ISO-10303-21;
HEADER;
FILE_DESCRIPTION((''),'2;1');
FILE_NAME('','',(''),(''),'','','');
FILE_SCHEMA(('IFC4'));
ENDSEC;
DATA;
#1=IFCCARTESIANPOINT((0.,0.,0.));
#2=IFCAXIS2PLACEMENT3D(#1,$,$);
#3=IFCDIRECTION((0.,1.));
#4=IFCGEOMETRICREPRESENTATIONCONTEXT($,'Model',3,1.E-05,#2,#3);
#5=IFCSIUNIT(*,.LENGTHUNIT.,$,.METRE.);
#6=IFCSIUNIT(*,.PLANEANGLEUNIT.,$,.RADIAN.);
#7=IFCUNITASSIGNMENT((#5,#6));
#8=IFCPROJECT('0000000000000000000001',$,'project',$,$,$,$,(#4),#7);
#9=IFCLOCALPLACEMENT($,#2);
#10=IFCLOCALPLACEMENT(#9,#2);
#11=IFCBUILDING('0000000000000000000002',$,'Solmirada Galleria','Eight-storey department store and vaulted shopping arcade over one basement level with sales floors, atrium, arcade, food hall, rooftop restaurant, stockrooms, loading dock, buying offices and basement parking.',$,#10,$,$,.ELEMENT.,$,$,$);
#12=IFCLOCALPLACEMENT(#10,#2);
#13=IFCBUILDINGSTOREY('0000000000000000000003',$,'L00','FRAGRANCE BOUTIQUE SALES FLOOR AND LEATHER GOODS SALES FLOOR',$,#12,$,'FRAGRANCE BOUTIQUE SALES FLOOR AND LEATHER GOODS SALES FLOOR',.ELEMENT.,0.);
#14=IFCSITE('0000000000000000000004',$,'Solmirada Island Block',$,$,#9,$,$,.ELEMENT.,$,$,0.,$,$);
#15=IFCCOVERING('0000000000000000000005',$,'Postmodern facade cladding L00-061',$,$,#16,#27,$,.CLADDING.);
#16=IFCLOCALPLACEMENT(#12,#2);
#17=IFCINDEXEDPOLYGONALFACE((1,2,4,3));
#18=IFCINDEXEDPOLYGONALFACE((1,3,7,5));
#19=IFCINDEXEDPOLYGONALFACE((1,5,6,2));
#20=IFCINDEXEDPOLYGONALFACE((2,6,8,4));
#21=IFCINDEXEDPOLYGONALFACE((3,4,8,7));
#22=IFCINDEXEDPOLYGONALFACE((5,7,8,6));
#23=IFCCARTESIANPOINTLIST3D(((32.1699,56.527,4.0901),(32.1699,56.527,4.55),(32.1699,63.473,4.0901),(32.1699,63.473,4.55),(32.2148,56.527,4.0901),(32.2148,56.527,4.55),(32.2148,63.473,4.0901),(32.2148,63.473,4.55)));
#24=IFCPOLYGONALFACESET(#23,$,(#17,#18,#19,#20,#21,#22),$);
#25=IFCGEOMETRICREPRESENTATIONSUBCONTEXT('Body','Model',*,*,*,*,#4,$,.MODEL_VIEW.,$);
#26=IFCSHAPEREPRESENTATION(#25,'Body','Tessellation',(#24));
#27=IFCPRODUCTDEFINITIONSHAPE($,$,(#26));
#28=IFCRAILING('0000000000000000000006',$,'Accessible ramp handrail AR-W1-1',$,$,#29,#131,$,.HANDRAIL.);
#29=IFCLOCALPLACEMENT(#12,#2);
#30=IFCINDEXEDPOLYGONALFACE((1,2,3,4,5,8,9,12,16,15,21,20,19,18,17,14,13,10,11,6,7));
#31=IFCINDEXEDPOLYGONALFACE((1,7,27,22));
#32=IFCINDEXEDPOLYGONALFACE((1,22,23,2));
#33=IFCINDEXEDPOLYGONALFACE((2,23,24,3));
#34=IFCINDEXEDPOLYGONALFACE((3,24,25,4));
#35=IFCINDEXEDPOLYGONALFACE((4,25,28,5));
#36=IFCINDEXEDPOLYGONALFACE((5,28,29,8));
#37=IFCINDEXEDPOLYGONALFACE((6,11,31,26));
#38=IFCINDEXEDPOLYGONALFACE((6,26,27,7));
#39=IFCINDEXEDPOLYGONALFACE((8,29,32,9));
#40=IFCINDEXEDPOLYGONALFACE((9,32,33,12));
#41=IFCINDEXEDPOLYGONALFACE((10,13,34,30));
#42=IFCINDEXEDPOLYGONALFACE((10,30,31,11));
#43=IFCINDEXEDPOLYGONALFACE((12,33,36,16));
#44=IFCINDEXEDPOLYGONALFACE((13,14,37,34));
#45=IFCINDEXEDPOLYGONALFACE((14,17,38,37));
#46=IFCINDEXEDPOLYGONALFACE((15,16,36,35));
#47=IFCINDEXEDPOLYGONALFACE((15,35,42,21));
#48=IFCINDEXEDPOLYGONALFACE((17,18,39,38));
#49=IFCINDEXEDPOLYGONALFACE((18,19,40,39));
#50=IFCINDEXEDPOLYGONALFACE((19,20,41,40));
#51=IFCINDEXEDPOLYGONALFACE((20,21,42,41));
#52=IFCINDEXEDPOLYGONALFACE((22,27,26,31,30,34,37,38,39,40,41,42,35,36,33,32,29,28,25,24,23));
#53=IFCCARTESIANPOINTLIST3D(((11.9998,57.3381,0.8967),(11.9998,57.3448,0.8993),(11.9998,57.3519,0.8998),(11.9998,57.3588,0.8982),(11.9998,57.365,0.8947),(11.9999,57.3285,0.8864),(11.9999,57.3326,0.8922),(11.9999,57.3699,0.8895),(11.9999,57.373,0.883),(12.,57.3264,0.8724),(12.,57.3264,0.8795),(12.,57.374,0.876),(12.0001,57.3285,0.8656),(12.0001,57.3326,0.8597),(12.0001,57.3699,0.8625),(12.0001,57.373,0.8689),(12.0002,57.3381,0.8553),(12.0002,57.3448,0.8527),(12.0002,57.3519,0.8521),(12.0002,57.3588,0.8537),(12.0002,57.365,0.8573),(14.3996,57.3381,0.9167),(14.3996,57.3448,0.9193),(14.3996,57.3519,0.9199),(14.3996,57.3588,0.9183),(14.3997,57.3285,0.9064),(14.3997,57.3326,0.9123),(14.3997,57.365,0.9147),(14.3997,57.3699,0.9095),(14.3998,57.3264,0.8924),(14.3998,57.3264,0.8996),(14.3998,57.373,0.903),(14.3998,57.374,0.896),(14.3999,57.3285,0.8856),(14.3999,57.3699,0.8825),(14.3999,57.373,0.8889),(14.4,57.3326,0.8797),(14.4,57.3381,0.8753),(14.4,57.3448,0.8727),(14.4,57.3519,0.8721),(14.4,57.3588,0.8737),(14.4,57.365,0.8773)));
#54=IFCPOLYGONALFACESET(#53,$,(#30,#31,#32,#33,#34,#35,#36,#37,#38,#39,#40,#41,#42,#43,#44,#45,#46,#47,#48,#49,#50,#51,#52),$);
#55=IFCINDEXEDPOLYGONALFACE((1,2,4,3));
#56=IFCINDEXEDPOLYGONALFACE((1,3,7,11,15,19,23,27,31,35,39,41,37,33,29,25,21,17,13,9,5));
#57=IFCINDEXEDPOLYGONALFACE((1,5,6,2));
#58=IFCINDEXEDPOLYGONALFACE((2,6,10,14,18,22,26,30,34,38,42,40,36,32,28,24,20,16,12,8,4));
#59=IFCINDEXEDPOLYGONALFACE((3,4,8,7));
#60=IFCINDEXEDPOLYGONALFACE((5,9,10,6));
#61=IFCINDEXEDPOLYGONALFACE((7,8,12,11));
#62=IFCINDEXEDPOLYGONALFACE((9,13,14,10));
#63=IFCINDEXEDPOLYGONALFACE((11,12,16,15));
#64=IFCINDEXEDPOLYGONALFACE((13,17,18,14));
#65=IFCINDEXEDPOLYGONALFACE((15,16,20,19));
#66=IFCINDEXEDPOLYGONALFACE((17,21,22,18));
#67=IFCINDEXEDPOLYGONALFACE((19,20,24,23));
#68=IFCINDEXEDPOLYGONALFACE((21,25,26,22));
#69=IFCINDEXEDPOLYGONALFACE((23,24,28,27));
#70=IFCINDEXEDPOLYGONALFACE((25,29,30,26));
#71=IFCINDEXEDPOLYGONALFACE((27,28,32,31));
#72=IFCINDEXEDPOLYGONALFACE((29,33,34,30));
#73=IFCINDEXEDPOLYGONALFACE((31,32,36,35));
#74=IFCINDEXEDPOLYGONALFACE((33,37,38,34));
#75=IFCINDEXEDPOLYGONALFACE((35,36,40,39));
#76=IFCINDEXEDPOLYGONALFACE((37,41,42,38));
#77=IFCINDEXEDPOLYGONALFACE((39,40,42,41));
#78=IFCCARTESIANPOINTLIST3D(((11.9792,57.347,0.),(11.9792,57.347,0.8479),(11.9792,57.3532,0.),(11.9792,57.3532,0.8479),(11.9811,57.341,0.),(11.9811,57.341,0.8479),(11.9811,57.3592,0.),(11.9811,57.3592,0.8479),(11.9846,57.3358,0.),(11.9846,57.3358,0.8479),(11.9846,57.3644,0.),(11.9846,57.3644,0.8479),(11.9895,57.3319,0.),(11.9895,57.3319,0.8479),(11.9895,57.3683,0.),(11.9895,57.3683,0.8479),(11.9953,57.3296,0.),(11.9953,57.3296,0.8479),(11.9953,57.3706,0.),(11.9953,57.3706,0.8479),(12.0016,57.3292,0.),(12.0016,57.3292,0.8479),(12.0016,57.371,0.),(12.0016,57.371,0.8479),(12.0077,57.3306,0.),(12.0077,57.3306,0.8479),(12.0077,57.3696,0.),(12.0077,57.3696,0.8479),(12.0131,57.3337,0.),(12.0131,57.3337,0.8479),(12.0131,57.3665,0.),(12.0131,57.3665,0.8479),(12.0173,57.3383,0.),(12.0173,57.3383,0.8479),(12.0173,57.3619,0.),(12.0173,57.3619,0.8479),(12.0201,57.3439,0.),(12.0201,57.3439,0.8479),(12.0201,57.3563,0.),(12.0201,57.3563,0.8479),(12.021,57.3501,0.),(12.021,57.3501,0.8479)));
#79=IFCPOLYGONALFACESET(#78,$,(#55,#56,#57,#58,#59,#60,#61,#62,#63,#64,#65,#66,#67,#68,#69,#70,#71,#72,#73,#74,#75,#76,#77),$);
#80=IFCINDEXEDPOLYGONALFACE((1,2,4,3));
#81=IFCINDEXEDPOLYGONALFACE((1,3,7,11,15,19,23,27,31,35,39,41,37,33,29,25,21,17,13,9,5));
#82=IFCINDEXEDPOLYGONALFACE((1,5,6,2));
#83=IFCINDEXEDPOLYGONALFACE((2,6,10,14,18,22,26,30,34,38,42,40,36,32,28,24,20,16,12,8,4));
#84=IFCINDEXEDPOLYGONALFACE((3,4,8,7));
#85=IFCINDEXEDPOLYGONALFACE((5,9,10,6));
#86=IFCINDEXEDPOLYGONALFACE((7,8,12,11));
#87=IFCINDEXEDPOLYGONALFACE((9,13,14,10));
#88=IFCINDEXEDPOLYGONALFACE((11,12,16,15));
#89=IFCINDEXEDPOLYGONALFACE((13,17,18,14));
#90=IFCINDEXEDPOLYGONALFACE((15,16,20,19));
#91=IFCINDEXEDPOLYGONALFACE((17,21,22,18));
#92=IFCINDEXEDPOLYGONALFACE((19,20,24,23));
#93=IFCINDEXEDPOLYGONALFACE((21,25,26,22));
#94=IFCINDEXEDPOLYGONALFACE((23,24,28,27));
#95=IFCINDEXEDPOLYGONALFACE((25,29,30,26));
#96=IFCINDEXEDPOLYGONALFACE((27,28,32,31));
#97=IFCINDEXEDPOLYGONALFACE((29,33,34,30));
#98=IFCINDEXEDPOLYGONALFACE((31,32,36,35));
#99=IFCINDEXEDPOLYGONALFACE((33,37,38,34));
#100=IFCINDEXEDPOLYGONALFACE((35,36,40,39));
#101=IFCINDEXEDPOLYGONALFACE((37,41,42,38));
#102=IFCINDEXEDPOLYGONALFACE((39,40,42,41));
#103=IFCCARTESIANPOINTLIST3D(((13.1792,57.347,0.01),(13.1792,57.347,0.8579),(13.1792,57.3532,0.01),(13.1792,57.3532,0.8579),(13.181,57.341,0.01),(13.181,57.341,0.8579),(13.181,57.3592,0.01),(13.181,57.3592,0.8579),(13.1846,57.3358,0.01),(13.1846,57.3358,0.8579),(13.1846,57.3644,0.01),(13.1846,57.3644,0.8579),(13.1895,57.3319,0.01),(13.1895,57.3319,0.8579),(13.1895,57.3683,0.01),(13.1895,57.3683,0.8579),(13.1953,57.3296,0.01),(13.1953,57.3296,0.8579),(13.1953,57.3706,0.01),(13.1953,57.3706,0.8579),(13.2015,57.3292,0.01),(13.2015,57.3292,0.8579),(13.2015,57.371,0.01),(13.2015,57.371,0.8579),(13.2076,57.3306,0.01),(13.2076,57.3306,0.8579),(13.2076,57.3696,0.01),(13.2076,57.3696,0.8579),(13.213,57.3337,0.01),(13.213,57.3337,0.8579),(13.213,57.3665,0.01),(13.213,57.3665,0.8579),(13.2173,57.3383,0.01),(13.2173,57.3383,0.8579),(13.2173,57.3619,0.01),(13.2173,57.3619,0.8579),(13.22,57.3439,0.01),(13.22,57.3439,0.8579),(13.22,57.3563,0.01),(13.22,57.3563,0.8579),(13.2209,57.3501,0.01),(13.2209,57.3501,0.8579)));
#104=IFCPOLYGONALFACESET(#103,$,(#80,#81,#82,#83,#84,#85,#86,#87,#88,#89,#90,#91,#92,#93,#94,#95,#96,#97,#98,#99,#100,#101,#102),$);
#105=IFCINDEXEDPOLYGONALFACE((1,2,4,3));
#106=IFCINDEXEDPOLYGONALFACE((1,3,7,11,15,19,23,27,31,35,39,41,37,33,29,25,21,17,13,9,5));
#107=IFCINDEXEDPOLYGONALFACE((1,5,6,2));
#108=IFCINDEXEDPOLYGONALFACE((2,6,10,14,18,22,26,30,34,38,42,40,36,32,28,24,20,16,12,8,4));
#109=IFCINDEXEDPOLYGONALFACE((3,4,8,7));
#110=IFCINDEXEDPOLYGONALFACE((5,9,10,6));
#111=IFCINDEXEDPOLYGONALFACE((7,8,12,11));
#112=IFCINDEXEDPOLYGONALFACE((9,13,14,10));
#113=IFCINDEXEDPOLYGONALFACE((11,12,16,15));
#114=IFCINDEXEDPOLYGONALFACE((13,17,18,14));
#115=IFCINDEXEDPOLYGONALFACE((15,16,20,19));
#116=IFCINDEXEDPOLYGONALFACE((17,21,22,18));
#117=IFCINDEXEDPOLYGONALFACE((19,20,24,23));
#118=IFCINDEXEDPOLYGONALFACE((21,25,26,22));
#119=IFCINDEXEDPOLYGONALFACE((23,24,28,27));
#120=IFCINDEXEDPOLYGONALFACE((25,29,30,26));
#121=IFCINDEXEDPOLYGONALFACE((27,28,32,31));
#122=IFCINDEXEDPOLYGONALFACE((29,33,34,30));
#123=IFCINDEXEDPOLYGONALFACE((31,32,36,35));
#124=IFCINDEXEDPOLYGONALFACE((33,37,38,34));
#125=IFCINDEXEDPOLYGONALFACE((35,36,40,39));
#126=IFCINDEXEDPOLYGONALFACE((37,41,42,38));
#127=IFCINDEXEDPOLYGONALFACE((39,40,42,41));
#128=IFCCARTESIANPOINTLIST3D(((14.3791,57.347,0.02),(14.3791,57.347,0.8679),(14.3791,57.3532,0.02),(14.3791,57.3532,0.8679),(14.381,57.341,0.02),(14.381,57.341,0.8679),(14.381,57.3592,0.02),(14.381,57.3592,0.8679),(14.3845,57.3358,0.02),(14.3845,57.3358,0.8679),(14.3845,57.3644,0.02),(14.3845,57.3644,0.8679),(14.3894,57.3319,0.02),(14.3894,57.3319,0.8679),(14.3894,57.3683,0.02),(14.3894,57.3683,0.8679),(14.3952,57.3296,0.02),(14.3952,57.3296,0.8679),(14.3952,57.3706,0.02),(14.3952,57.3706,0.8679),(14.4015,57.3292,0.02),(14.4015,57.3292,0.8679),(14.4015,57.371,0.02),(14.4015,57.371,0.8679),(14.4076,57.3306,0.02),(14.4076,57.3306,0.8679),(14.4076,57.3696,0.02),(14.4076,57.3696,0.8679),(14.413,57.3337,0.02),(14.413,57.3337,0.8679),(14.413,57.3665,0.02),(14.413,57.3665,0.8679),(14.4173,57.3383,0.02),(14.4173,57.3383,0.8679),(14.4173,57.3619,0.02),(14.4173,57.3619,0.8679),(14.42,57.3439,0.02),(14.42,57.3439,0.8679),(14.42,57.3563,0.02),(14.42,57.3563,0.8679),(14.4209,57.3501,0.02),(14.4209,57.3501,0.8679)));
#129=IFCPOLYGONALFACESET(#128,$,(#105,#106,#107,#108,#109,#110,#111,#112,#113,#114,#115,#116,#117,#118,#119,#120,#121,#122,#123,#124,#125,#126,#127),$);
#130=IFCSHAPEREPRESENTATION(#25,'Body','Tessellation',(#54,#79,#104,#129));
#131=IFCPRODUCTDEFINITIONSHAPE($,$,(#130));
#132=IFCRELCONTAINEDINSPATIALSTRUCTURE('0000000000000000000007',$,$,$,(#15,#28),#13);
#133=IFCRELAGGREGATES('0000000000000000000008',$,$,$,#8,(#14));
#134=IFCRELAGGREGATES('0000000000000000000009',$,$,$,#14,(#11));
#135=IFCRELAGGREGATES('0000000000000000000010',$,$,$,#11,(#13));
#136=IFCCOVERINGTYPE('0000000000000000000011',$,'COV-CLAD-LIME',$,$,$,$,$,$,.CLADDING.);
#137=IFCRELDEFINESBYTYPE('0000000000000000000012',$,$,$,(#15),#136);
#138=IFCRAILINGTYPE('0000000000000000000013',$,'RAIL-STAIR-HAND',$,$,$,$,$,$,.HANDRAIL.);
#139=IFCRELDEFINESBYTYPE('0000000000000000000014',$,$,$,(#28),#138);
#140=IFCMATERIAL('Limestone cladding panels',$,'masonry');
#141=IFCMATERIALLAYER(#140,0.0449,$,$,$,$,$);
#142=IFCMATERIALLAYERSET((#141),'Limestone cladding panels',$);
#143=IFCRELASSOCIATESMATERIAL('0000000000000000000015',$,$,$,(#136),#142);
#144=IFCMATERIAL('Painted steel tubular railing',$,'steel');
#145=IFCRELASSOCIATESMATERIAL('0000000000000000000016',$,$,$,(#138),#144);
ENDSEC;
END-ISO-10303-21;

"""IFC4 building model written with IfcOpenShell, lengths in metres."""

from ifc_helpers import new_model, si_unit, direction, frame, origin, origin_2d, place, context, subcontext, project, spatial, rectangle, circle, extrude, material, layer, layer_set, type_object, element, save


model = new_model("IFC4")

# Units and contexts
model_context = context("Model", 3, precision=1e-05, world=origin(), true_north=direction((0.0, 1.0)))
body_context = subcontext(model_context, "Body", "Model", "MODEL_VIEW")
ifc_project = project(units=[si_unit("LENGTHUNIT", "METRE"), si_unit("PLANEANGLEUNIT", "RADIAN")], contexts=[model_context])

# Site, building, storey
site_placement = place(None, origin())
site = spatial("IfcSite", under=ifc_project, at=site_placement, Name="Solmirada Island Block", CompositionType="ELEMENT", RefElevation=0.0)
building_placement = place(site_placement, origin())
building = spatial("IfcBuilding", under=site, at=building_placement, Name="Solmirada Galleria", Description="Eight-storey department store and vaulted shopping arcade over one basement level with sales floors, atrium, arcade, food hall, rooftop restaurant, stockrooms, loading dock, buying offices and basement parking.", CompositionType="ELEMENT")
storey_placement = place(building_placement, origin())
storey = spatial("IfcBuildingStorey", under=building, at=storey_placement, Name="L00", Description="FRAGRANCE BOUTIQUE SALES FLOOR AND LEATHER GOODS SALES FLOOR", LongName="FRAGRANCE BOUTIQUE SALES FLOOR AND LEATHER GOODS SALES FLOOR", CompositionType="ELEMENT", Elevation=0.0)

# Covering
ifc_material_1 = material(Name="Limestone cladding panels", Category="masonry")
ifc_layer_1 = layer(ifc_material_1, 0.0449)
ifc_layer_set_1 = layer_set([ifc_layer_1], Name="Limestone cladding panels")
covering_type = type_object("IfcCoveringType", Name="COV-CLAD-LIME", PredefinedType="CLADDING", material=ifc_layer_set_1)
for number, where, z_axis, x_axis, name in (
    (1, (32.1924, 60.0, 4.0901), (0.0, 0.0, 1.0), (0.0, -1.0, 0.0), "Postmodern facade cladding L00-061"),
):
    element("IfcCovering", number, at=place(storey_placement, frame(where, z_axis=z_axis, x_axis=x_axis)), inside=storey, type_object=covering_type, Name=name, PredefinedType="CLADDING", context=body_context, shape_type="SweptSolid", body=[
        extrude(rectangle(XDim=6.946, YDim=0.0449, at=origin_2d()), origin(), (0.0, 0.0, 1.0), 0.46),
    ])

# Railing
ifc_material_2 = material(Name="Painted steel tubular railing", Category="steel")
railing_type = type_object("IfcRailingType", Name="RAIL-STAIR-HAND", PredefinedType="HANDRAIL", material=ifc_material_2)
for number, where, name in (
    (2, (12.0, 57.3501, 0.0), "Accessible ramp handrail AR-W1-1"),
):
    element("IfcRailing", number, at=place(storey_placement, frame(where)), inside=storey, type_object=railing_type, Name=name, PredefinedType="HANDRAIL", context=body_context, shape_type="SweptSolid", body=[
        extrude(circle(Radius=0.0239, at=origin_2d()), frame((0.0, 0.0, 0.876), z_axis=(0.999965, 0.0, 0.008342), x_axis=(0.0, 1.0, 0.0)), (0.0, 0.0, 1.0), 2.3999),
        extrude(circle(Radius=0.021, at=origin_2d()), origin(), (0.0, 0.0, 1.0), 0.8479),
        extrude(circle(Radius=0.021, at=origin_2d()), frame((1.2, 0.0, 0.01)), (0.0, 0.0, 1.0), 0.8479),
        extrude(circle(Radius=0.021, at=origin_2d()), frame((2.3999, 0.0, 0.02)), (0.0, 0.0, 1.0), 0.8479),
    ])

save(model, "model.ifc")
